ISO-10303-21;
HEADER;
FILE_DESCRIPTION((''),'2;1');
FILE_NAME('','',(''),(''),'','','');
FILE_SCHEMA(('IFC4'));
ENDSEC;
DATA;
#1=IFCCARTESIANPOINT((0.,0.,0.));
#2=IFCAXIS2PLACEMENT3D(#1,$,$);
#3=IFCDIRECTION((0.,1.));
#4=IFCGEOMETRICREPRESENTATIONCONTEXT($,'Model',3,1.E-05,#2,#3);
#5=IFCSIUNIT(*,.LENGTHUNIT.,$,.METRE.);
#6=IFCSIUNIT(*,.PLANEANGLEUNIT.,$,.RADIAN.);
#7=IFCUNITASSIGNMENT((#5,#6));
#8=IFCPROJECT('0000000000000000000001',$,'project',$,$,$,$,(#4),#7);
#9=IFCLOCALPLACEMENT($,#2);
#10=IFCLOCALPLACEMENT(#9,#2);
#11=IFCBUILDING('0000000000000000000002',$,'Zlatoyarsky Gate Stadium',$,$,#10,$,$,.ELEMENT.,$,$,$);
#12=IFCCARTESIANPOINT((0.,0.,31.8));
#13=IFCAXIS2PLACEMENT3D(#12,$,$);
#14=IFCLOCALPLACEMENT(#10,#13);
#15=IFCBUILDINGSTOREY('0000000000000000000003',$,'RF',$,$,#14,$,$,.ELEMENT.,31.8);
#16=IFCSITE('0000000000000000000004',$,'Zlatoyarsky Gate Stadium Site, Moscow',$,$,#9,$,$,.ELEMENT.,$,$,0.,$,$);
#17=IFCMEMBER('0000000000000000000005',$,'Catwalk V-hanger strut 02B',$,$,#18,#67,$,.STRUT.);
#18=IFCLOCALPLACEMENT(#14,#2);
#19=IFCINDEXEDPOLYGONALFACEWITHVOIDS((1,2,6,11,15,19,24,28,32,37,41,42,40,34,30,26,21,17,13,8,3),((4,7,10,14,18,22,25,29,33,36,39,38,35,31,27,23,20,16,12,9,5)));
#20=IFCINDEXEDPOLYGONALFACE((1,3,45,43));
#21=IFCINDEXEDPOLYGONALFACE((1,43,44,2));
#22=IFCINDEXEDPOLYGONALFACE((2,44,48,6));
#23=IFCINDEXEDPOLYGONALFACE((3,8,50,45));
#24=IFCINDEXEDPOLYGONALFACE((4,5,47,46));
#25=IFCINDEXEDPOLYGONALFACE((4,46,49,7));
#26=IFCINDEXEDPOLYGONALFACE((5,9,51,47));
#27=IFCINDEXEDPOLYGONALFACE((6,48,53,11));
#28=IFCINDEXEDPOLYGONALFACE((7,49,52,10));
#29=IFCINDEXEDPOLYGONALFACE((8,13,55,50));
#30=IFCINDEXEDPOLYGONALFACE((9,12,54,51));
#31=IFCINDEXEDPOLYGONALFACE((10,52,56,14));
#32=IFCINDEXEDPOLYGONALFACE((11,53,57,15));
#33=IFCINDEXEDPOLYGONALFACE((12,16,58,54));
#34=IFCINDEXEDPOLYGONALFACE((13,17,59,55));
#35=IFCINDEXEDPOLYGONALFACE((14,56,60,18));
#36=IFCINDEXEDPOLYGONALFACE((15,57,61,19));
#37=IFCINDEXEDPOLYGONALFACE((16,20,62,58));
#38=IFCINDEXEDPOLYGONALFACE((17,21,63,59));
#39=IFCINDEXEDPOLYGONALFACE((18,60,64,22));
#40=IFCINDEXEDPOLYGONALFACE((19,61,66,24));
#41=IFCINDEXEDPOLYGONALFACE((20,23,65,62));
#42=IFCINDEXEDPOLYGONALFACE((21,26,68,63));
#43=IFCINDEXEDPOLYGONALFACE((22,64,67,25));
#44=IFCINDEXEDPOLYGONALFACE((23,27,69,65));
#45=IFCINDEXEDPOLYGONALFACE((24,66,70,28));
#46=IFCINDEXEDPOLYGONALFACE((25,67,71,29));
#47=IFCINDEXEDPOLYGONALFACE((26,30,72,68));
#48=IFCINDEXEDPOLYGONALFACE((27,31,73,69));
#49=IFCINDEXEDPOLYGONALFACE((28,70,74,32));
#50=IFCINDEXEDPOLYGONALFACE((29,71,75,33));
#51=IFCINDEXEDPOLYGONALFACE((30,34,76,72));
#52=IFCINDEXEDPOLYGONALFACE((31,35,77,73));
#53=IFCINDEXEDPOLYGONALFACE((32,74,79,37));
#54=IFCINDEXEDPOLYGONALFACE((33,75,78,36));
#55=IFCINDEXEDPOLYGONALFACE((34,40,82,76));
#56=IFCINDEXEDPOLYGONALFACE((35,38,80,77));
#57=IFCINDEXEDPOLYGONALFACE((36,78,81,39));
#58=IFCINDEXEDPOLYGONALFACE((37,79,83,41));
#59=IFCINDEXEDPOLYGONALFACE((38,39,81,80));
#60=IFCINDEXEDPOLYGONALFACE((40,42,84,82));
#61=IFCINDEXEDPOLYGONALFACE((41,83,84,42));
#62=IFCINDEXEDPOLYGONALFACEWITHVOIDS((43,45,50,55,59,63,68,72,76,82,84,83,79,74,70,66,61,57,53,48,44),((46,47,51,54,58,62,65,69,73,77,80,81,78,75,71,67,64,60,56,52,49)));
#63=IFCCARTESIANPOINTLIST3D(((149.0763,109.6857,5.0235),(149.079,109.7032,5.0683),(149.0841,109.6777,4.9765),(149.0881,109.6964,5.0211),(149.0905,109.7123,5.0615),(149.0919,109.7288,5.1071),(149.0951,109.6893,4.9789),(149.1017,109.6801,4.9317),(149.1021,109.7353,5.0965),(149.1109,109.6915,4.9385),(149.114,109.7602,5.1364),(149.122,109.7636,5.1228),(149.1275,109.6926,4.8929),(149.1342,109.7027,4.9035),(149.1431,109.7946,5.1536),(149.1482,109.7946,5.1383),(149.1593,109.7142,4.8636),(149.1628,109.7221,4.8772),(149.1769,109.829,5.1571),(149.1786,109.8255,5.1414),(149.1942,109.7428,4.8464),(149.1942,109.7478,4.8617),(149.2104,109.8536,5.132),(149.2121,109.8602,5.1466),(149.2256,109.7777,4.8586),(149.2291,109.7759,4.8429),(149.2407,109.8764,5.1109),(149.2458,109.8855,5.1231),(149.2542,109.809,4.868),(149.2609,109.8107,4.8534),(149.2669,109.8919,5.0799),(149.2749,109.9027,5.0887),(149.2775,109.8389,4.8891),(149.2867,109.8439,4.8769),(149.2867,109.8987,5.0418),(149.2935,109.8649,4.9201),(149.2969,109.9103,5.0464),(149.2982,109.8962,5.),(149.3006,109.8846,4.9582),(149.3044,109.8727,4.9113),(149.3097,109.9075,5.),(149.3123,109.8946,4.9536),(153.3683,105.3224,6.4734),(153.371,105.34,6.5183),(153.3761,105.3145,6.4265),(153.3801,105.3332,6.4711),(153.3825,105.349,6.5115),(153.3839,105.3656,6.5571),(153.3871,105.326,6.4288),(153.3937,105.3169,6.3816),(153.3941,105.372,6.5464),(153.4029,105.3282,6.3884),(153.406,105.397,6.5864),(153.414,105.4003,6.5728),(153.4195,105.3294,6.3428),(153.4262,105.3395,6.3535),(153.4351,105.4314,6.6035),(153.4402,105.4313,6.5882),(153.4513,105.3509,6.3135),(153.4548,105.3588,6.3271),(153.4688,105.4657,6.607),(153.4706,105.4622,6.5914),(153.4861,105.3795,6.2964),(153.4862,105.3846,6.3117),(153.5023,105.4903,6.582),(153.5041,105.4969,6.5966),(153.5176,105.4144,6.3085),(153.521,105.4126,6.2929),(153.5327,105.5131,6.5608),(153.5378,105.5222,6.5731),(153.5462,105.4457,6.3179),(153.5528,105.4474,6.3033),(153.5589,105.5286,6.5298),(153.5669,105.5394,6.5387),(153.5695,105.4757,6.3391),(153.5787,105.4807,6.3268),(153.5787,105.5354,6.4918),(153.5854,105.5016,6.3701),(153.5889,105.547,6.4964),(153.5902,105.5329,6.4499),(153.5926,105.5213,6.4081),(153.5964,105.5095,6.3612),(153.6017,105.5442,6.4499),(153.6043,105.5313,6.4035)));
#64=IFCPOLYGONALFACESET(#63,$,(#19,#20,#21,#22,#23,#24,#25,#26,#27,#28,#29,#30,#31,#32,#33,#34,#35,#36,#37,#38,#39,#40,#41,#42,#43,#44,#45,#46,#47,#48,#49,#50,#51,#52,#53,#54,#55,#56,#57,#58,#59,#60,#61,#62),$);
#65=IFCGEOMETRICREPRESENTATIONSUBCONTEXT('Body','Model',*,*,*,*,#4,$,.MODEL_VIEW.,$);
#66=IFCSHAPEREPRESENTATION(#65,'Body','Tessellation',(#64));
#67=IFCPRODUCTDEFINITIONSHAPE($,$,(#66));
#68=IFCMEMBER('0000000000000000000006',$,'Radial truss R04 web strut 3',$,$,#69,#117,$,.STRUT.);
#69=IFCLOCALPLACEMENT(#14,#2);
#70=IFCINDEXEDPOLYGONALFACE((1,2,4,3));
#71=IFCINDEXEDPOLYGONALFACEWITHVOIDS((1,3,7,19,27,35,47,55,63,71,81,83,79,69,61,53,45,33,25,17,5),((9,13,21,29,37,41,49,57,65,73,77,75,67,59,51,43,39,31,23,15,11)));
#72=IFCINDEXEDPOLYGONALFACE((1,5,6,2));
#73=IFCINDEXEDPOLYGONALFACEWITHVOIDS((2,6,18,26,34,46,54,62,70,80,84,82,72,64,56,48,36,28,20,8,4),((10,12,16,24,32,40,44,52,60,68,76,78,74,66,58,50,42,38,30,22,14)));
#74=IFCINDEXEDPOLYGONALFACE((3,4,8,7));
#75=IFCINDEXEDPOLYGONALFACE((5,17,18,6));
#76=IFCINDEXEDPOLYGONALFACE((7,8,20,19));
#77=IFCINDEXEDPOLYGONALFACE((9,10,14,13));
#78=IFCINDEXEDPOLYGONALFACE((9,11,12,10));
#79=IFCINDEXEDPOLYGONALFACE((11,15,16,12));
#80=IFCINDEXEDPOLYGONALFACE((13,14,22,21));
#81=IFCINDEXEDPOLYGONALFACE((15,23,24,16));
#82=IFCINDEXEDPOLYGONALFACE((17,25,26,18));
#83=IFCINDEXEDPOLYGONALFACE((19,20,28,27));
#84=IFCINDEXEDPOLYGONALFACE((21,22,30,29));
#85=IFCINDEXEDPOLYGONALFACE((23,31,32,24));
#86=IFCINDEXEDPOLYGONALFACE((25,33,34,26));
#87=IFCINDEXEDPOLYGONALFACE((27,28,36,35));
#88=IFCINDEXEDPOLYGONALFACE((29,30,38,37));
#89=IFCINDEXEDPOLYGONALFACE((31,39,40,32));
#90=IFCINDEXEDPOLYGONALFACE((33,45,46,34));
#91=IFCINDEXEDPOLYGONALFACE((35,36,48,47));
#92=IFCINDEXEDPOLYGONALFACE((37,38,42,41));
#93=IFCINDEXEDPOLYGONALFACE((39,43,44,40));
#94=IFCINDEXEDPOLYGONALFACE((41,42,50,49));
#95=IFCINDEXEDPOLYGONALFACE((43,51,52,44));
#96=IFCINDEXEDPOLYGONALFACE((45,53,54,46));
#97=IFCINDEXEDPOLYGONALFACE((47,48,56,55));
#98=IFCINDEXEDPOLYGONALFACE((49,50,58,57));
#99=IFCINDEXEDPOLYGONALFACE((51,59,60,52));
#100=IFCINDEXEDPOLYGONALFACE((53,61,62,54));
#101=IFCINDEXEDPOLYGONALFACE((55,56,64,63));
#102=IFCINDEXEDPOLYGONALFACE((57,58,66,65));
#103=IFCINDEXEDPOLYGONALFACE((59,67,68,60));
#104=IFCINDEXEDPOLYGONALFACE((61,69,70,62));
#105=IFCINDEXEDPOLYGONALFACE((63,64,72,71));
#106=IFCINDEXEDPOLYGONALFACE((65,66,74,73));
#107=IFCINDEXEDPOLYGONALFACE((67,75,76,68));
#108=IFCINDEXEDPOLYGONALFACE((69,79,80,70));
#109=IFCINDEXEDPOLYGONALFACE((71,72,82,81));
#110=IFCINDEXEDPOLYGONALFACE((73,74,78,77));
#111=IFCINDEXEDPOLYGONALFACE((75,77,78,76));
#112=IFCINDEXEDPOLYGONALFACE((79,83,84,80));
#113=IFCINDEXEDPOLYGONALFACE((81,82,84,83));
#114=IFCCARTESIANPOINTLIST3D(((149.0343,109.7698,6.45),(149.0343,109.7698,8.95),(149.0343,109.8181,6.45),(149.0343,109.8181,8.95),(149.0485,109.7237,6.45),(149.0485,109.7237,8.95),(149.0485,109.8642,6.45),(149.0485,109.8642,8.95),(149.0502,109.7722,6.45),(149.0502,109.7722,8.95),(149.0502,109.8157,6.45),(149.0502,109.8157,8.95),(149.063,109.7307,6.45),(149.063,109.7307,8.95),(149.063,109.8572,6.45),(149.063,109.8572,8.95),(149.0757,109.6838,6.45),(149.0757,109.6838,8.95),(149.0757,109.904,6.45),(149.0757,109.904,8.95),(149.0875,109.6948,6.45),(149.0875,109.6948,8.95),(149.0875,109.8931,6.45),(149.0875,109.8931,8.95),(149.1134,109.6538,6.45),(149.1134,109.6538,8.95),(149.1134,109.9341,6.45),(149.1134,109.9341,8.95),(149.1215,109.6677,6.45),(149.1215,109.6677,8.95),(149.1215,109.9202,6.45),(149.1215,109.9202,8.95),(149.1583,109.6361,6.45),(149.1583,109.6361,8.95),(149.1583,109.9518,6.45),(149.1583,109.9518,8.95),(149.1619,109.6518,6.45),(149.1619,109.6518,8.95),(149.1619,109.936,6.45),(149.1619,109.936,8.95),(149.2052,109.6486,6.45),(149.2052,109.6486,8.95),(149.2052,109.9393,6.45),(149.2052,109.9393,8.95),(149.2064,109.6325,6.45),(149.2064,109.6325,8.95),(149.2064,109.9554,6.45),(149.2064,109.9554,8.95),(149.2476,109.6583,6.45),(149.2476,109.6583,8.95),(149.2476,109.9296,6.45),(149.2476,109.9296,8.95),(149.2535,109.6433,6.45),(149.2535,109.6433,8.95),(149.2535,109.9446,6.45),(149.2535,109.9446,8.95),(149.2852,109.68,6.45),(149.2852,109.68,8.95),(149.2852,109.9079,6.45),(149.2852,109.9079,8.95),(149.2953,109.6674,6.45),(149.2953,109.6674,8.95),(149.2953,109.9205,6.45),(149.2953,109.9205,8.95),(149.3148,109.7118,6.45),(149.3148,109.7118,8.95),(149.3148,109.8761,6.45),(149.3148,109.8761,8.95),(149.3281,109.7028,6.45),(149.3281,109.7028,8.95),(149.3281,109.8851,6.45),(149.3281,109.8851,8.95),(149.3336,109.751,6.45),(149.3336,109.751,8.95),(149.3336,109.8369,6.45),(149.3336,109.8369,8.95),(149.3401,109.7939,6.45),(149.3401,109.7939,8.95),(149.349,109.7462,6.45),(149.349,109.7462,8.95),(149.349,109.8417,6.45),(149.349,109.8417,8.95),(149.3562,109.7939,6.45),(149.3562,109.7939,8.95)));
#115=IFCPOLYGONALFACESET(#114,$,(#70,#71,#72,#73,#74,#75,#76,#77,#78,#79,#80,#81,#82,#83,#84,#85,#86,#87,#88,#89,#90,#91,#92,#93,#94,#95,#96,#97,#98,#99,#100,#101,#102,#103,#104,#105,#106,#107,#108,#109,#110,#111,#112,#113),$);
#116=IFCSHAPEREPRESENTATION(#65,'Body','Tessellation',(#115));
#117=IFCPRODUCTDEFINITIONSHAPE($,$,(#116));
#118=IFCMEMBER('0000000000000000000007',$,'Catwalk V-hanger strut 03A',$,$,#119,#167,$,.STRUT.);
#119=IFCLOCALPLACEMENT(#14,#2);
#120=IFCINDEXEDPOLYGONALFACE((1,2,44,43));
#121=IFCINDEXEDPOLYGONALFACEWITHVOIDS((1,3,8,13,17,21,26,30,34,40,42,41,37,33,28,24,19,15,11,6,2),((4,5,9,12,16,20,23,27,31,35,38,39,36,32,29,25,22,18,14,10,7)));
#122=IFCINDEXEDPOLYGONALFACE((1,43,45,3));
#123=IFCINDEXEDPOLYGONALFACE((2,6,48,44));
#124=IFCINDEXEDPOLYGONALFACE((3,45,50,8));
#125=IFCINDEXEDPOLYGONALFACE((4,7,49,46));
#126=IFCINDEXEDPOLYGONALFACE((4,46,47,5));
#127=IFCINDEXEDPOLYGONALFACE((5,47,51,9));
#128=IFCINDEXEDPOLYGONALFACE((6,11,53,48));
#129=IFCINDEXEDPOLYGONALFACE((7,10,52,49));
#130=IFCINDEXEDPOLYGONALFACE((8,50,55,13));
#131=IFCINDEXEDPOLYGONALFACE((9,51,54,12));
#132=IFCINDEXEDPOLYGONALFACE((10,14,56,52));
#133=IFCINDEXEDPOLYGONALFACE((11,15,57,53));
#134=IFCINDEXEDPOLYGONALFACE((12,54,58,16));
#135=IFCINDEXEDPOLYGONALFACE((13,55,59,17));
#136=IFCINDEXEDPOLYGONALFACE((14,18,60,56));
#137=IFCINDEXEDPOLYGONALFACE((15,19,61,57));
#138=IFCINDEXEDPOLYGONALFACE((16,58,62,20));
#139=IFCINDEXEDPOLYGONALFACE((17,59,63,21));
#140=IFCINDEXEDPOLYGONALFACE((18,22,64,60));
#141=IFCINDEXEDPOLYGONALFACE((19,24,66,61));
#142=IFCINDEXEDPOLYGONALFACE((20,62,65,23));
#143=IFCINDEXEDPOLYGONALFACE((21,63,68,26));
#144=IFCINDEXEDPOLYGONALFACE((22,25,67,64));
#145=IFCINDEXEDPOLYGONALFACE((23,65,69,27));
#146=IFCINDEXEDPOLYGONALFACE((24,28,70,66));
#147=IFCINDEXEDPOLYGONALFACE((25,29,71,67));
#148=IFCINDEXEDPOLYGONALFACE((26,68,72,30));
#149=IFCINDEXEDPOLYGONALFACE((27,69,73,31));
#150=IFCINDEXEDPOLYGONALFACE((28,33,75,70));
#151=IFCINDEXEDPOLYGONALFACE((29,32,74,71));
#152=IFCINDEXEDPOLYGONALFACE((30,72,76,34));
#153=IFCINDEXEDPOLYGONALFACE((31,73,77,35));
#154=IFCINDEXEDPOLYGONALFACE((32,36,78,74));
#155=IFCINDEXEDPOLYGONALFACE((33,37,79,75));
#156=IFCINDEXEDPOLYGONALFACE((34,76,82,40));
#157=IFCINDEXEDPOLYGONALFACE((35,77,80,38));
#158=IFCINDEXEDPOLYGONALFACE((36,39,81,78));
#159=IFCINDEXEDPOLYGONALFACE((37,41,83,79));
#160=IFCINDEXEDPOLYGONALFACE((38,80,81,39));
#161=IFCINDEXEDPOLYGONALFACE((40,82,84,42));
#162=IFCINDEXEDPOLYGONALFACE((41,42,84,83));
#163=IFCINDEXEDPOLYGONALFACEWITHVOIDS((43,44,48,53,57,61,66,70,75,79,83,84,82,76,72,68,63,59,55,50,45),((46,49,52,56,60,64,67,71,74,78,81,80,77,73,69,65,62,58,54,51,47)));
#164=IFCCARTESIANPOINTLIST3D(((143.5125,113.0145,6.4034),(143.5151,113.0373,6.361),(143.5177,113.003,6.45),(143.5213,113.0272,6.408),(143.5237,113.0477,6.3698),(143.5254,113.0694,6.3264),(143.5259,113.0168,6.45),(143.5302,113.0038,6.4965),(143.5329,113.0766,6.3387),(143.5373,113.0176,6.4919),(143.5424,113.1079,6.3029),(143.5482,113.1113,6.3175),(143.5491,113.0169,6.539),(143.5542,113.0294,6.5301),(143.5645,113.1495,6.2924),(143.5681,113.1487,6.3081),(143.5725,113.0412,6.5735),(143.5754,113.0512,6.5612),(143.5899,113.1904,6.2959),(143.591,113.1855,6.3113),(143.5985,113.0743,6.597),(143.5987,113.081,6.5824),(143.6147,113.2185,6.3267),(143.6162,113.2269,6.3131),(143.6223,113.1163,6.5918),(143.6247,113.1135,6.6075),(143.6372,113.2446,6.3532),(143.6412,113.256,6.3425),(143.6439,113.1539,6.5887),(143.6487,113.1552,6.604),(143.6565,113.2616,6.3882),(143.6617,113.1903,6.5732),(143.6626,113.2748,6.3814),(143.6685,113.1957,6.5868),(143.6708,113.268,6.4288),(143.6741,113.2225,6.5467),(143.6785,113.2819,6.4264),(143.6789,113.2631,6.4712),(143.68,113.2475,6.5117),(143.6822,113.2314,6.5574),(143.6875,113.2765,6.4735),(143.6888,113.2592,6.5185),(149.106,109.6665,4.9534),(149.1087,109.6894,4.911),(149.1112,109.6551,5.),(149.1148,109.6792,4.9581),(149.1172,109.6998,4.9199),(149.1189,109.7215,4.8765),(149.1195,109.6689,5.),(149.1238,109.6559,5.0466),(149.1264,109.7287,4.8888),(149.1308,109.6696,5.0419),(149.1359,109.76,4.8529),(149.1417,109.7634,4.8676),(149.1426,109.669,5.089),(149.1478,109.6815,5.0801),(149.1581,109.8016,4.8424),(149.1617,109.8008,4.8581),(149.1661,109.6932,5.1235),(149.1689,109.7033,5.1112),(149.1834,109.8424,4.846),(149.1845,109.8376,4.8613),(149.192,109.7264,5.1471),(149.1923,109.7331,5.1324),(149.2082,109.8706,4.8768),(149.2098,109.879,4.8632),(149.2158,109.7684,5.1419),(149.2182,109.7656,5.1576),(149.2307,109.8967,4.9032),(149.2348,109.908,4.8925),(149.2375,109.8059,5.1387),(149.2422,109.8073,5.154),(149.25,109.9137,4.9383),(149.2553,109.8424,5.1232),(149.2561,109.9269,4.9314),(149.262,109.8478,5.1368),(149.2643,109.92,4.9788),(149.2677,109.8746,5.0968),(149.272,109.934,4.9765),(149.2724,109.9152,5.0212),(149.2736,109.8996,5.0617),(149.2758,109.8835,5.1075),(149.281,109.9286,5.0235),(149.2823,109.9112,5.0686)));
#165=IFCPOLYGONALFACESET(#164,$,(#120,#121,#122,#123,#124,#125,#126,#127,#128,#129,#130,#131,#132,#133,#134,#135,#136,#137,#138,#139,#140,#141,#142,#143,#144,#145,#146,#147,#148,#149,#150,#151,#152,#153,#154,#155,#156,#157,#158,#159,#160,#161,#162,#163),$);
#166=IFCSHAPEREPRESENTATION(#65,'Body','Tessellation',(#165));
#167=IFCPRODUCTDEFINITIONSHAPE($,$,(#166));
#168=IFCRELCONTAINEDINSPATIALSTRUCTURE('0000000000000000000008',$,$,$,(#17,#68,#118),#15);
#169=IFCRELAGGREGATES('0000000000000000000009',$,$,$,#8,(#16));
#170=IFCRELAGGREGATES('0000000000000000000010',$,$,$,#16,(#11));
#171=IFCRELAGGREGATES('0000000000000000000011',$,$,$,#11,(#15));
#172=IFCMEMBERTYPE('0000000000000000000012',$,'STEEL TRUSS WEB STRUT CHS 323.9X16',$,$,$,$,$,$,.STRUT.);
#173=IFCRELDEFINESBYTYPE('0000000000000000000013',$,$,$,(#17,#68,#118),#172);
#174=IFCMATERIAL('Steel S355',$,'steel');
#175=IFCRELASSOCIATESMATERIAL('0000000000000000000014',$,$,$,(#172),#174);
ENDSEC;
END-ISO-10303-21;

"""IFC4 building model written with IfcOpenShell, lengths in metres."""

from ifc_helpers import new_model, si_unit, direction, frame, origin, origin_2d, place, context, subcontext, project, spatial, hollow_circle, extrude, material, material_profile, profile_set, type_object, element, save


model = new_model("IFC4")

# Units and contexts
model_context = context("Model", 3, precision=1e-05, world=origin(), true_north=direction((0.0, 1.0)))
body_context = subcontext(model_context, "Body", "Model", "MODEL_VIEW")
ifc_project = project(units=[si_unit("LENGTHUNIT", "METRE"), si_unit("PLANEANGLEUNIT", "RADIAN")], contexts=[model_context])

# Site, building, storey
site_placement = place(None, origin())
site = spatial("IfcSite", under=ifc_project, at=site_placement, Name="Zlatoyarsky Gate Stadium Site, Moscow", CompositionType="ELEMENT", RefElevation=0.0)
building_placement = place(site_placement, origin())
building = spatial("IfcBuilding", under=site, at=building_placement, Name="Zlatoyarsky Gate Stadium", CompositionType="ELEMENT")
storey_placement = place(building_placement, frame((0.0, 0.0, 31.8)))
storey = spatial("IfcBuildingStorey", under=building, at=storey_placement, Name="RF", CompositionType="ELEMENT", Elevation=31.8)

# Shared definitions
ifc_material_1 = material(Name="Steel S355", Category="steel")

# Members
ifc_material_profile_1 = material_profile(ifc_material_1, hollow_circle(Radius=0.1619, WallThickness=0.0161, at=origin_2d()), Name="CHS 323.9X16")
ifc_profile_set_1 = profile_set([ifc_material_profile_1], Name="Steel S355")
member_type_1 = type_object("IfcMemberType", Name="STEEL TRUSS WEB STRUT CHS 323.9X16", PredefinedType="STRUT", material=ifc_profile_set_1)
member_1_placement = place(storey_placement, frame((149.1943, 109.7939, 5.0), z_axis=(0.682372, -0.693706, 0.230524), x_axis=(0.712907, 0.701259, 0.0)))
element("IfcMember", 1, at=member_1_placement, inside=storey, type_object=member_type_1, Name="Catwalk V-hanger strut 02B", PredefinedType="STRUT", context=body_context, shape_type="SweptSolid", body=[
    extrude(hollow_circle(Radius=0.1619, WallThickness=0.0161, at=origin_2d()), origin(), (0.0, 0.0, 1.0), 6.2898),
])
member_2_placement = place(storey_placement, frame((149.1943, 109.7939, 6.45), z_axis=(0.0, 0.0, 1.0), x_axis=(1.0, 0.0, 0.0)))
element("IfcMember", 2, at=member_2_placement, inside=storey, type_object=member_type_1, Name="Radial truss R04 web strut 3", PredefinedType="STRUT", context=body_context, shape_type="SweptSolid", body=[
    extrude(hollow_circle(Radius=0.1619, WallThickness=0.0161, at=origin_2d()), origin(), (0.0, 0.0, 1.0), 2.5),
])
member_3_placement = place(storey_placement, frame((149.1943, 109.7939, 5.0), z_axis=(-0.837579, 0.501319, 0.217118), x_axis=(-0.51357, -0.858048, 0.0)))
element("IfcMember", 3, at=member_3_placement, inside=storey, type_object=member_type_1, Name="Catwalk V-hanger strut 03A", PredefinedType="STRUT", context=body_context, shape_type="SweptSolid", body=[
    extrude(hollow_circle(Radius=0.1619, WallThickness=0.0161, at=origin_2d()), origin(), (0.0, 0.0, 1.0), 6.6782),
])

save(model, "model.ifc")
